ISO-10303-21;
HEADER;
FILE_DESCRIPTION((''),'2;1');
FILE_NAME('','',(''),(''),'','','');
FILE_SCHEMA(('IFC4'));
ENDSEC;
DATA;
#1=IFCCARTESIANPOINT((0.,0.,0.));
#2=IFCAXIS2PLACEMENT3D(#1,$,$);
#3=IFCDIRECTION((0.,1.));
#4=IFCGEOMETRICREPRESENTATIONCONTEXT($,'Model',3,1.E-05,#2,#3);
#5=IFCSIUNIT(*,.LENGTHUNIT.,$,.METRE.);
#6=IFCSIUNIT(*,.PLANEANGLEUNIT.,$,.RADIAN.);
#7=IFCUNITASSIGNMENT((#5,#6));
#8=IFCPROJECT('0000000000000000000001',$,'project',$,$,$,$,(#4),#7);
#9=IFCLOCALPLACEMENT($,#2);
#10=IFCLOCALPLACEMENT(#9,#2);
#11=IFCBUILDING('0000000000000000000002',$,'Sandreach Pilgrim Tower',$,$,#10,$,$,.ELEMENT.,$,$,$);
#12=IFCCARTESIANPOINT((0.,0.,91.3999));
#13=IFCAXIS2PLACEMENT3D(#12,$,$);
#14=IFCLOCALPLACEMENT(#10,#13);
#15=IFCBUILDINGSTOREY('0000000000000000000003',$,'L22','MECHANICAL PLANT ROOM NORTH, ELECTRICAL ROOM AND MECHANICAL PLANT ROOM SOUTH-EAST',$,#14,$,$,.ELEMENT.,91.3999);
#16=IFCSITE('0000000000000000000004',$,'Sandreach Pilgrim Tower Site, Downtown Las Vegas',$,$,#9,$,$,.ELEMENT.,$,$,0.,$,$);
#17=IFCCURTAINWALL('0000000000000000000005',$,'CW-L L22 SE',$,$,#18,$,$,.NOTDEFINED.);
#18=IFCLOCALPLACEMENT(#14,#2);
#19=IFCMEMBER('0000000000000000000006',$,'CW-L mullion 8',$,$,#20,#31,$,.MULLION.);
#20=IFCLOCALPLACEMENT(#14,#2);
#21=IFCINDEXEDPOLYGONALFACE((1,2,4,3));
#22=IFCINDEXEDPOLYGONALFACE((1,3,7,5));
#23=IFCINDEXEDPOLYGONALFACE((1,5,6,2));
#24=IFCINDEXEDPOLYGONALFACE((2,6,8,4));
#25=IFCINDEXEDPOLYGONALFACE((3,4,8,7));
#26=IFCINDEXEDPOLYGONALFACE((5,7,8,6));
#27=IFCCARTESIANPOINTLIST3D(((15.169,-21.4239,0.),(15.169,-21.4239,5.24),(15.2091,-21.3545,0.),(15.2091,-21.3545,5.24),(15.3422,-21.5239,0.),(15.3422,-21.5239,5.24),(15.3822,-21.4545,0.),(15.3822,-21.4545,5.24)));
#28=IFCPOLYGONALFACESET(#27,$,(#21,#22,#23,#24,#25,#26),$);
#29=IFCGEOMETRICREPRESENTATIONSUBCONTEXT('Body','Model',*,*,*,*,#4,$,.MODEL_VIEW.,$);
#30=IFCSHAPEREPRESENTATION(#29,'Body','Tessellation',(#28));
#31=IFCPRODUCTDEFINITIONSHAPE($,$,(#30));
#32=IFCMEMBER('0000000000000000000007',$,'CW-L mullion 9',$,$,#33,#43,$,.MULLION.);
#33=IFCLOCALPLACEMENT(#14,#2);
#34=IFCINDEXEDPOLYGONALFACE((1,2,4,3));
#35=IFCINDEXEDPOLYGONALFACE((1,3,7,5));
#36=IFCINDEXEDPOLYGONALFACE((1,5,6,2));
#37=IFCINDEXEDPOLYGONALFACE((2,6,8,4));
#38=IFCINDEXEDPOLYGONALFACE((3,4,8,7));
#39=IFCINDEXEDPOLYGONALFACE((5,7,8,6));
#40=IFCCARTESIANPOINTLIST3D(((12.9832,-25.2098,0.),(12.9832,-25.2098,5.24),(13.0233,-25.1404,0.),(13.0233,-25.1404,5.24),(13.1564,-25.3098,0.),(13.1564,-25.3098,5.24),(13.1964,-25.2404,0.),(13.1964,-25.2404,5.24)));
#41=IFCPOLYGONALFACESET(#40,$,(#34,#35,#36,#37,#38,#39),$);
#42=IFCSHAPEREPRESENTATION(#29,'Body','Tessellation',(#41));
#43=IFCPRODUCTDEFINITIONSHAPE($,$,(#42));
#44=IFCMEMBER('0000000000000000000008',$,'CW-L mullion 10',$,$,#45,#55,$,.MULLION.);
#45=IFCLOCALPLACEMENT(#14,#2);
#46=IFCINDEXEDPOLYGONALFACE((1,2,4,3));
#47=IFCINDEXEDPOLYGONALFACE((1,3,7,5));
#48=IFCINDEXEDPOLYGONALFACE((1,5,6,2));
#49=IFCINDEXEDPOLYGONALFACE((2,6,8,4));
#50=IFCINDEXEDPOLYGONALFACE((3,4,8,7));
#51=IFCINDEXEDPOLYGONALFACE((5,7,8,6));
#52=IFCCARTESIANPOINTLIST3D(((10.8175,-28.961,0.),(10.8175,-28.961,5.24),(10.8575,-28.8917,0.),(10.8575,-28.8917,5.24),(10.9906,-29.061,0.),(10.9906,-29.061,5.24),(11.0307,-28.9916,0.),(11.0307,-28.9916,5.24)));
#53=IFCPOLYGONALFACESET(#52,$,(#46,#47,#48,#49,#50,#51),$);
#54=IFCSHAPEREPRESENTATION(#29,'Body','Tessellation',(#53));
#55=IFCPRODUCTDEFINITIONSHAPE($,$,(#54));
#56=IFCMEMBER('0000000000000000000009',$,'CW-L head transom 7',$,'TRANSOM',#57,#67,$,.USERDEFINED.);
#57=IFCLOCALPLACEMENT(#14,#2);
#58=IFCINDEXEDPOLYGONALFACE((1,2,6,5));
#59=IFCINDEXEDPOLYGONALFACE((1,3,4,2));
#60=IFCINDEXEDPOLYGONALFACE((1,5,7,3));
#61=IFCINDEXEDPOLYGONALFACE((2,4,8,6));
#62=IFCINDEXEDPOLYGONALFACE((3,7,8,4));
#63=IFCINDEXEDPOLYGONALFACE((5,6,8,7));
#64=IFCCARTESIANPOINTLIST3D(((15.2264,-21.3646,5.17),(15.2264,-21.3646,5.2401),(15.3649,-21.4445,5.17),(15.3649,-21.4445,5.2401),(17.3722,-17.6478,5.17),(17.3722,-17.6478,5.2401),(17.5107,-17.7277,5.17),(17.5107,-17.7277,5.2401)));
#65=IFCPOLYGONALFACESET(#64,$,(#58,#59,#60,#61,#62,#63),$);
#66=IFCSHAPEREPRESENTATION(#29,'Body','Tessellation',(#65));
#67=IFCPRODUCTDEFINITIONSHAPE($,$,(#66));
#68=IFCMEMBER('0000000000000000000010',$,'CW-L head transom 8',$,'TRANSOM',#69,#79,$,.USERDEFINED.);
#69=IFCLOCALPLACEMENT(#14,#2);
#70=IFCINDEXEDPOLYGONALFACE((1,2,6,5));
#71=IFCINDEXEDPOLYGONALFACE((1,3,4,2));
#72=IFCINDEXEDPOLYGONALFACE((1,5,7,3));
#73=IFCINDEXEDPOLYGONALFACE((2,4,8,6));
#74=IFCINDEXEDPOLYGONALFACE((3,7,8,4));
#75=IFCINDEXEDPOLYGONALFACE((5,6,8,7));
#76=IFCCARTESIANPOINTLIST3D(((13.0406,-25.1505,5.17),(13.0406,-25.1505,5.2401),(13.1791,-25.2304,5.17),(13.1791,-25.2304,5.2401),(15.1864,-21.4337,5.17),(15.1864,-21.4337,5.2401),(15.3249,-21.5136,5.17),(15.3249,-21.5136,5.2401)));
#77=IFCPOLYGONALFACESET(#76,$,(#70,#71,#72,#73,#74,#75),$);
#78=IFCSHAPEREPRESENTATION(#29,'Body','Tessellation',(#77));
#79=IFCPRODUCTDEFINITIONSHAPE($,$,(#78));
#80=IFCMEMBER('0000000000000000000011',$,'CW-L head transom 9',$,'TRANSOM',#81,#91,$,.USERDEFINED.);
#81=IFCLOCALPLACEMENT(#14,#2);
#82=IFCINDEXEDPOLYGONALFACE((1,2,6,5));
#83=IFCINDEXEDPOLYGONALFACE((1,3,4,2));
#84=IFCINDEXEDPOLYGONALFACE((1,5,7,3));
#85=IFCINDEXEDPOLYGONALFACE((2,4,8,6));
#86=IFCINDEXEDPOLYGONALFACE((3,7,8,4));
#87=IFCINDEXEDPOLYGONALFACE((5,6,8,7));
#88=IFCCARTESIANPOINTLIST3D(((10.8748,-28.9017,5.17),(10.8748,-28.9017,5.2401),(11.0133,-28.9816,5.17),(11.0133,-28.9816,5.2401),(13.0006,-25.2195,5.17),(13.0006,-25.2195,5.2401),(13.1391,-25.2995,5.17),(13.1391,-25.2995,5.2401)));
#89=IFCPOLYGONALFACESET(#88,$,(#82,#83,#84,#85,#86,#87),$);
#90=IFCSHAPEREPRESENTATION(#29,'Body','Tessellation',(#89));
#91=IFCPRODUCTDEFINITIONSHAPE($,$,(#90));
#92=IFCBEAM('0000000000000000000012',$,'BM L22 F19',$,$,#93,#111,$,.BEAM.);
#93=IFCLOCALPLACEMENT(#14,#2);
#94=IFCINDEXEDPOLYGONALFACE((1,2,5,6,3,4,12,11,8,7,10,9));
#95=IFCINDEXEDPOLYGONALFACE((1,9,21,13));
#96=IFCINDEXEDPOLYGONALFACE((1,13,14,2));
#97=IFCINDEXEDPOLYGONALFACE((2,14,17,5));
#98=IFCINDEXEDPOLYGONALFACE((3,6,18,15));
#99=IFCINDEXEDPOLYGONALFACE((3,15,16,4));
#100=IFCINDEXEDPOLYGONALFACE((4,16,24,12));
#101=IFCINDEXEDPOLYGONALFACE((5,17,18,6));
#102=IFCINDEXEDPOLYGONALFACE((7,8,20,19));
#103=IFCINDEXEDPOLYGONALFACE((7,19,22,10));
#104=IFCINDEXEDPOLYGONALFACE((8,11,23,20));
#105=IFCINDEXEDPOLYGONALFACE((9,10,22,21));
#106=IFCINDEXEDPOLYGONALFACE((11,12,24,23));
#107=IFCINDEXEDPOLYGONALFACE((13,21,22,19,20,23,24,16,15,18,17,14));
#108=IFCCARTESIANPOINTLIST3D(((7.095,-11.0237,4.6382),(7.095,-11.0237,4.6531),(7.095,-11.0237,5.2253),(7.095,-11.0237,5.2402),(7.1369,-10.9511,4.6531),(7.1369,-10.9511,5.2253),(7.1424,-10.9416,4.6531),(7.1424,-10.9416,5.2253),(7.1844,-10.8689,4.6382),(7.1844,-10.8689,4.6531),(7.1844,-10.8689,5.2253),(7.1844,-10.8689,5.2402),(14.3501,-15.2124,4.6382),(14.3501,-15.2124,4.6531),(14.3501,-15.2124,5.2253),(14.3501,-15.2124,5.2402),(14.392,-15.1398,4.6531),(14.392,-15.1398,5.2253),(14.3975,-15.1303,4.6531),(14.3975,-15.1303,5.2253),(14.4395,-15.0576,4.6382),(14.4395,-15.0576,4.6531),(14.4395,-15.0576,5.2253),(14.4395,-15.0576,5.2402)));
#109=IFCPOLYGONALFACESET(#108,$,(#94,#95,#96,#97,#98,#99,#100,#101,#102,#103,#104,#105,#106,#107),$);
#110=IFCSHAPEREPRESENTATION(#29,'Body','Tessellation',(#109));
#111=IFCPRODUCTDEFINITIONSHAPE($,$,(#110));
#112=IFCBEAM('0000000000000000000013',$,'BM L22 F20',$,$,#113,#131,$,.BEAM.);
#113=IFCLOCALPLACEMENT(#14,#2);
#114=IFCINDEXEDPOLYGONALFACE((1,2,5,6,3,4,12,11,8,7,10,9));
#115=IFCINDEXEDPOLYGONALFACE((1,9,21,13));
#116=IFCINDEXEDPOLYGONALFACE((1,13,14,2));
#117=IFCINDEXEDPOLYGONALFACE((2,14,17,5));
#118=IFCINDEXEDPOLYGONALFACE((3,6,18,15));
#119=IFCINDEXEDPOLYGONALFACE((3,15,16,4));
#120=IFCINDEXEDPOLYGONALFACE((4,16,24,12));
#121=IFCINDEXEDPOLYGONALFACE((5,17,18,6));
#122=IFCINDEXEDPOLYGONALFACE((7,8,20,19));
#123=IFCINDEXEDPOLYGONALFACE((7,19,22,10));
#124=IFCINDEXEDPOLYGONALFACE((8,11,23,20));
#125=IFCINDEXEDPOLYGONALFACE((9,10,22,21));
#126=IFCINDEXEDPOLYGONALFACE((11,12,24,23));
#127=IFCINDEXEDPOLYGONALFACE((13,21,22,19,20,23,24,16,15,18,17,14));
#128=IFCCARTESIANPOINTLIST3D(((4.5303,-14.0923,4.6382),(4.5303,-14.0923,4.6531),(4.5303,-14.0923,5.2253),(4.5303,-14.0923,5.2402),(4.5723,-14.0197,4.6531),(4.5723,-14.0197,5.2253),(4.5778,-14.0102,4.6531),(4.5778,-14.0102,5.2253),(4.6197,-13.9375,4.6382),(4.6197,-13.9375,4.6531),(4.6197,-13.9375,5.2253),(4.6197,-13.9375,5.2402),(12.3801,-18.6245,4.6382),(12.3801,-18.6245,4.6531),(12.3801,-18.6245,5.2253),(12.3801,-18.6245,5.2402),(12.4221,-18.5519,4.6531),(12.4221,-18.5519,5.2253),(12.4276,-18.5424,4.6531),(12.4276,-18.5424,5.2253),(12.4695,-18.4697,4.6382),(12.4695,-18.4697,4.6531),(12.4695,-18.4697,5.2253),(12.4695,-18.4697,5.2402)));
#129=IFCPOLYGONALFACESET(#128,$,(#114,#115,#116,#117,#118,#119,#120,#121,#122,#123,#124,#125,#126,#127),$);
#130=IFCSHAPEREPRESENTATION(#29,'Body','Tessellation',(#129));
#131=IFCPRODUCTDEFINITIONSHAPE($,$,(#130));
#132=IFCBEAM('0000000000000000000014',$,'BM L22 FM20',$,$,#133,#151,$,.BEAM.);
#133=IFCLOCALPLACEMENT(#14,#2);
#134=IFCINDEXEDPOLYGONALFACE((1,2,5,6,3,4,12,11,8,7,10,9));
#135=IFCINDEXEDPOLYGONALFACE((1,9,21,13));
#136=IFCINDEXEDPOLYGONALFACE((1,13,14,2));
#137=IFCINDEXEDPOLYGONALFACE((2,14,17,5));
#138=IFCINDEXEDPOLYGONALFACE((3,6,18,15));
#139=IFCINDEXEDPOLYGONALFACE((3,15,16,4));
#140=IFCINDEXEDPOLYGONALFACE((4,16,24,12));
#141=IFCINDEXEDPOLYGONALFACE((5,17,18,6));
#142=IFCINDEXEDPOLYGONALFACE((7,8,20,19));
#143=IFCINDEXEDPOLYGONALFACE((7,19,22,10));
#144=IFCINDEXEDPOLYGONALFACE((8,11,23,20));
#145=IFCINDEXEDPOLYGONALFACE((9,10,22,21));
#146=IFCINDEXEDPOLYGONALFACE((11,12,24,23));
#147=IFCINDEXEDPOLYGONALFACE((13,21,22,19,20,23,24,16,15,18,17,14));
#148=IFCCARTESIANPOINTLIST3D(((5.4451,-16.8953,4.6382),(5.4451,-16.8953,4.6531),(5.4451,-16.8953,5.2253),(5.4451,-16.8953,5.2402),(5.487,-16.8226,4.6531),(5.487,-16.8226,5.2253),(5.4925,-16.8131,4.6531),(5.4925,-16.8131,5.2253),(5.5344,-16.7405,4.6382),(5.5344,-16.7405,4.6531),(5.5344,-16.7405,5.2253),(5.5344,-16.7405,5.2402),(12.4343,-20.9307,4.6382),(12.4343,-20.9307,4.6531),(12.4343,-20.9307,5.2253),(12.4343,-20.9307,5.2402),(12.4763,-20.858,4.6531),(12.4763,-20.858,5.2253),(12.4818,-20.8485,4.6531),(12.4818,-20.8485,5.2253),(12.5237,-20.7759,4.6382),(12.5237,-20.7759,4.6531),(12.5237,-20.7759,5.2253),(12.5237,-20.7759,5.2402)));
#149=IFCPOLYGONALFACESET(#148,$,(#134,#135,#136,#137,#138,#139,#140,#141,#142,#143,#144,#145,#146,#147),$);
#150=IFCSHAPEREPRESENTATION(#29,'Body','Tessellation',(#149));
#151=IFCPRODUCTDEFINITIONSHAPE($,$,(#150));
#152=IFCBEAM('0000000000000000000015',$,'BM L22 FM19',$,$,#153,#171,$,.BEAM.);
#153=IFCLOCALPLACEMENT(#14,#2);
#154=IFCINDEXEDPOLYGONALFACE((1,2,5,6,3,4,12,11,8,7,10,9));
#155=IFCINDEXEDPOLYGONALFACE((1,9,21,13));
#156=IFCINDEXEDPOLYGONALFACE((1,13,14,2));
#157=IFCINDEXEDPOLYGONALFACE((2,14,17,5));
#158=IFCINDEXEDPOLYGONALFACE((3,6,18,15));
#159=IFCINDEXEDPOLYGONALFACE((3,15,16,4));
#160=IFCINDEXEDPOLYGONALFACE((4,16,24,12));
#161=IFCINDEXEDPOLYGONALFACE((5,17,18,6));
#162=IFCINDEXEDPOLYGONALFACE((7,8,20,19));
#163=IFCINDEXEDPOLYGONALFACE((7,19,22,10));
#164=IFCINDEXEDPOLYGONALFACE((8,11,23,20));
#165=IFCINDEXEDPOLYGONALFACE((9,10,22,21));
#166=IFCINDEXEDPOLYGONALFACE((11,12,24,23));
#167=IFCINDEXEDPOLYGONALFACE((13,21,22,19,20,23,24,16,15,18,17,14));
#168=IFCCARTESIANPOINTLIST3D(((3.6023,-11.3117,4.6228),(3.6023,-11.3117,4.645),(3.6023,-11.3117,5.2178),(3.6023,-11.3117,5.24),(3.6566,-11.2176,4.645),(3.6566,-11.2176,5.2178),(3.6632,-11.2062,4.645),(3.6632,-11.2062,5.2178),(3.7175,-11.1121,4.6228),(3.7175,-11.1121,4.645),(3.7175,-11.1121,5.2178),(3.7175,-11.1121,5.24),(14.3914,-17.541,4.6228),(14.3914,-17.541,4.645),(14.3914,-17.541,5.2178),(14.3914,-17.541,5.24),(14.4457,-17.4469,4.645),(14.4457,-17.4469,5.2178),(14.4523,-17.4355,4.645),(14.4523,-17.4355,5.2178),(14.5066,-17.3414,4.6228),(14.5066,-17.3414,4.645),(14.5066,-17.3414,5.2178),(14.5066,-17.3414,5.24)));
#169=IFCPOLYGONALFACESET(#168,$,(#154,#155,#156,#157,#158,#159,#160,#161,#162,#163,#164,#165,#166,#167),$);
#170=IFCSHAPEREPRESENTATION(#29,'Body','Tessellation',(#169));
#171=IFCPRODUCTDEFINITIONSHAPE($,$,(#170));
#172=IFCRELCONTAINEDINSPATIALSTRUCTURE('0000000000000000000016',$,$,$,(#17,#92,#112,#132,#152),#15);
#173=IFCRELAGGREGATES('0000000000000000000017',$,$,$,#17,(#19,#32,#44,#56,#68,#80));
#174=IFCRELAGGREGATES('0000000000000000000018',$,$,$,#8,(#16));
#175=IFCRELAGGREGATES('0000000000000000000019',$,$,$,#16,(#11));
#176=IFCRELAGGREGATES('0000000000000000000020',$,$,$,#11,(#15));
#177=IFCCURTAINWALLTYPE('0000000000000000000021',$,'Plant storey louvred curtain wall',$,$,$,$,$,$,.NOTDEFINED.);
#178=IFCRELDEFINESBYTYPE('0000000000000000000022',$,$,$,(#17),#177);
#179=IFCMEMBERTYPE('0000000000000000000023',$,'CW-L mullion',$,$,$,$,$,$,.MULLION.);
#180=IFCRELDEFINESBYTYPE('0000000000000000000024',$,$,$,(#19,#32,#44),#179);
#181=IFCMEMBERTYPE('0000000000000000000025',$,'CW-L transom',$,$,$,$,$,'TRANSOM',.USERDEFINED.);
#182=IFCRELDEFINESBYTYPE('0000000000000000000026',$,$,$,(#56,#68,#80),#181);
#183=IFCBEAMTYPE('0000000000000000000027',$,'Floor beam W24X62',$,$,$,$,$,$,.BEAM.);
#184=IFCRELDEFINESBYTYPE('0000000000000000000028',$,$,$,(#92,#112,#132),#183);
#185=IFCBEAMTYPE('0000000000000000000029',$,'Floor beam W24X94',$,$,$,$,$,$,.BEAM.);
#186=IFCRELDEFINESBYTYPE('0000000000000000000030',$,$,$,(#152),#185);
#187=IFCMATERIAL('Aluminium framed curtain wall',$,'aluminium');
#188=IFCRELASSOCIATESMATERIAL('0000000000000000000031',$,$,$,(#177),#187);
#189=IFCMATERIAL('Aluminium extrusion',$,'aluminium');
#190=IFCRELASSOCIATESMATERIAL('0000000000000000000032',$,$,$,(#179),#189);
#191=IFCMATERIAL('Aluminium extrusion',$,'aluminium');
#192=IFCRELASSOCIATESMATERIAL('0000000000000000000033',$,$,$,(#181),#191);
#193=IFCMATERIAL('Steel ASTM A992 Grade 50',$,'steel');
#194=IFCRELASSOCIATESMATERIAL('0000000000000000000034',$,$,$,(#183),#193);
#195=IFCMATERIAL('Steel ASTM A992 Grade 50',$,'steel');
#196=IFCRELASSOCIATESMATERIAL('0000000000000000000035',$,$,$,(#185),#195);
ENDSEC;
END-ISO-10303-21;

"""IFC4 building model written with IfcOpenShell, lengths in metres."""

from ifc_helpers import new_model, si_unit, direction, frame, origin, origin_2d, place, context, subcontext, project, spatial, rectangle, i_section, extrude, material, material_profile, profile_set, type_object, element, aggregate, save


model = new_model("IFC4")

# Units and contexts
model_context = context("Model", 3, precision=1e-05, world=origin(), true_north=direction((0.0, 1.0)))
body_context = subcontext(model_context, "Body", "Model", "MODEL_VIEW")
ifc_project = project(units=[si_unit("LENGTHUNIT", "METRE"), si_unit("PLANEANGLEUNIT", "RADIAN")], contexts=[model_context])

# Site, building, storey
site_placement = place(None, origin())
site = spatial("IfcSite", under=ifc_project, at=site_placement, Name="Sandreach Pilgrim Tower Site, Downtown Las Vegas", CompositionType="ELEMENT", RefElevation=0.0)
building_placement = place(site_placement, origin())
building = spatial("IfcBuilding", under=site, at=building_placement, Name="Sandreach Pilgrim Tower", CompositionType="ELEMENT")
storey_placement = place(building_placement, frame((0.0, 0.0, 91.3999)))
storey = spatial("IfcBuildingStorey", under=building, at=storey_placement, Name="L22", Description="MECHANICAL PLANT ROOM NORTH, ELECTRICAL ROOM AND MECHANICAL PLANT ROOM SOUTH-EAST", CompositionType="ELEMENT", Elevation=91.3999)

# Curtain wall, members
ifc_material_1 = material(Name="Aluminium framed curtain wall", Category="aluminium")
curtain_wall_type = type_object("IfcCurtainWallType", Name="Plant storey louvred curtain wall", PredefinedType="NOTDEFINED", material=ifc_material_1)
curtain_wall_placement = place(storey_placement, origin())
curtain_wall = element("IfcCurtainWall", 1, at=curtain_wall_placement, inside=storey, type_object=curtain_wall_type, Name="CW-L L22 SE", PredefinedType="NOTDEFINED")
ifc_material_2 = material(Name="Aluminium extrusion", Category="aluminium")
ifc_material_profile_1 = material_profile(ifc_material_2, rectangle(XDim=0.0801, YDim=0.2, at=origin_2d()), Name="CW-LM 80X200")
ifc_profile_set_1 = profile_set([ifc_material_profile_1], Name="Aluminium extrusion")
member_type_1 = type_object("IfcMemberType", Name="CW-L mullion", PredefinedType="MULLION", material=ifc_profile_set_1)
member_1_placement = place(storey_placement, frame((15.2756, -21.4392, 0.0), z_axis=(0.0, 0.0, 1.0), x_axis=(-0.5, -0.866025, 0.0)))
member_1 = element("IfcMember", 2, at=member_1_placement, type_object=member_type_1, Name="CW-L mullion 8", PredefinedType="MULLION", context=body_context, shape_type="SweptSolid", body=[
    extrude(rectangle(XDim=0.0801, YDim=0.2, at=origin_2d()), origin(), (0.0, 0.0, 1.0), 5.24),
])
member_2_placement = place(storey_placement, frame((13.0898, -25.2251, 0.0), z_axis=(0.0, 0.0, 1.0), x_axis=(-0.5, -0.866025, 0.0)))
member_2 = element("IfcMember", 3, at=member_2_placement, type_object=member_type_1, Name="CW-L mullion 9", PredefinedType="MULLION", context=body_context, shape_type="SweptSolid", body=[
    extrude(rectangle(XDim=0.0801, YDim=0.2, at=origin_2d()), origin(), (0.0, 0.0, 1.0), 5.24),
])
member_3_placement = place(storey_placement, frame((10.9241, -28.9763, 0.0), z_axis=(0.0, 0.0, 1.0), x_axis=(-0.5, -0.866025, 0.0)))
member_3 = element("IfcMember", 4, at=member_3_placement, type_object=member_type_1, Name="CW-L mullion 10", PredefinedType="MULLION", context=body_context, shape_type="SweptSolid", body=[
    extrude(rectangle(XDim=0.0801, YDim=0.2, at=origin_2d()), origin(), (0.0, 0.0, 1.0), 5.24),
])
ifc_material_3 = material(Name="Aluminium extrusion", Category="aluminium")
ifc_material_profile_2 = material_profile(ifc_material_3, rectangle(XDim=0.1599, YDim=0.0701, at=origin_2d()), Name="CW-LT 160X70")
ifc_profile_set_2 = profile_set([ifc_material_profile_2], Name="Aluminium extrusion")
member_type_2 = type_object("IfcMemberType", Name="CW-L transom", ElementType="TRANSOM", PredefinedType="USERDEFINED", material=ifc_profile_set_2)
member_4_placement = place(storey_placement, frame((17.4414, -17.6877, 5.2051), z_axis=(-0.499975, -0.86604, 0.0), x_axis=(0.86604, -0.499975, 0.0)))
member_4 = element("IfcMember", 5, at=member_4_placement, type_object=member_type_2, Name="CW-L head transom 7", ObjectType="TRANSOM", PredefinedType="USERDEFINED", context=body_context, shape_type="SweptSolid", body=[
    extrude(rectangle(XDim=0.1599, YDim=0.0701, at=origin_2d()), origin(), (0.0, 0.0, 1.0), 4.2917),
])
member_5_placement = place(storey_placement, frame((15.2556, -21.4736, 5.2051), z_axis=(-0.499975, -0.86604, 0.0), x_axis=(0.86604, -0.499975, 0.0)))
member_5 = element("IfcMember", 6, at=member_5_placement, type_object=member_type_2, Name="CW-L head transom 8", ObjectType="TRANSOM", PredefinedType="USERDEFINED", context=body_context, shape_type="SweptSolid", body=[
    extrude(rectangle(XDim=0.1599, YDim=0.0701, at=origin_2d()), origin(), (0.0, 0.0, 1.0), 4.2917),
])
member_6_placement = place(storey_placement, frame((13.0698, -25.2595, 5.2051), z_axis=(-0.499974, -0.86604, 0.0), x_axis=(0.86604, -0.499974, 0.0)))
member_6 = element("IfcMember", 7, at=member_6_placement, type_object=member_type_2, Name="CW-L head transom 9", ObjectType="TRANSOM", PredefinedType="USERDEFINED", context=body_context, shape_type="SweptSolid", body=[
    extrude(rectangle(XDim=0.1599, YDim=0.0701, at=origin_2d()), origin(), (0.0, 0.0, 1.0), 4.2517),
])

# Beams
ifc_material_4 = material(Name="Steel ASTM A992 Grade 50", Category="steel")
ifc_material_profile_3 = material_profile(ifc_material_4, i_section(OverallWidth=0.1787, OverallDepth=0.6021, WebThickness=0.011, FlangeThickness=0.0149, at=origin_2d()), Name="W24X62")
ifc_profile_set_3 = profile_set([ifc_material_profile_3], Name="Steel ASTM A992 Grade 50")
beam_type_1 = type_object("IfcBeamType", Name="Floor beam W24X62", PredefinedType="BEAM", material=ifc_profile_set_3)
beam_1_placement = place(storey_placement, frame((14.3948, -15.135, 4.9392), z_axis=(-0.866027, 0.499997, 0.0), x_axis=(-0.499997, -0.866027, 0.0)))
element("IfcBeam", 8, at=beam_1_placement, inside=storey, type_object=beam_type_1, Name="BM L22 F19", PredefinedType="BEAM", context=body_context, shape_type="SweptSolid", body=[
    extrude(i_section(OverallWidth=0.1787, OverallDepth=0.6021, WebThickness=0.011, FlangeThickness=0.0149, at=origin_2d()), origin(), (0.0, 0.0, 1.0), 8.3774),
])
beam_2_placement = place(storey_placement, frame((12.4248, -18.5471, 4.9392), z_axis=(-0.86602, 0.500009, 0.0), x_axis=(-0.500009, -0.86602, 0.0)))
element("IfcBeam", 9, at=beam_2_placement, inside=storey, type_object=beam_type_1, Name="BM L22 F20", PredefinedType="BEAM", context=body_context, shape_type="SweptSolid", body=[
    extrude(i_section(OverallWidth=0.1787, OverallDepth=0.6021, WebThickness=0.011, FlangeThickness=0.0149, at=origin_2d()), origin(), (0.0, 0.0, 1.0), 9.0642),
])
beam_3_placement = place(storey_placement, frame((12.479, -20.8533, 4.9392), z_axis=(-0.866017, 0.500014, 0.0), x_axis=(-0.500014, -0.866017, 0.0)))
element("IfcBeam", 10, at=beam_3_placement, inside=storey, type_object=beam_type_1, Name="BM L22 FM20", PredefinedType="BEAM", context=body_context, shape_type="SweptSolid", body=[
    extrude(i_section(OverallWidth=0.1787, OverallDepth=0.6021, WebThickness=0.011, FlangeThickness=0.0149, at=origin_2d()), origin(), (0.0, 0.0, 1.0), 8.0706),
])
ifc_material_5 = material(Name="Steel ASTM A992 Grade 50", Category="steel")
ifc_material_profile_4 = material_profile(ifc_material_5, i_section(OverallWidth=0.2305, OverallDepth=0.6172, WebThickness=0.0132, FlangeThickness=0.0222, at=origin_2d()), Name="W24X94")
ifc_profile_set_4 = profile_set([ifc_material_profile_4], Name="Steel ASTM A992 Grade 50")
beam_type_2 = type_object("IfcBeamType", Name="Floor beam W24X94", PredefinedType="BEAM", material=ifc_profile_set_4)
beam_4_placement = place(storey_placement, frame((14.449, -17.4412, 4.9314), z_axis=(-0.866019, 0.500011, 0.0), x_axis=(-0.500011, -0.866019, 0.0)))
element("IfcBeam", 11, at=beam_4_placement, inside=storey, type_object=beam_type_2, Name="BM L22 FM19", PredefinedType="BEAM", context=body_context, shape_type="SweptSolid", body=[
    extrude(i_section(OverallWidth=0.2305, OverallDepth=0.6172, WebThickness=0.0132, FlangeThickness=0.0222, at=origin_2d()), origin(), (0.0, 0.0, 1.0), 12.4583),
])

aggregate(curtain_wall, [member_1, member_2, member_3, member_4, member_5, member_6])

save(model, "model.ifc")
